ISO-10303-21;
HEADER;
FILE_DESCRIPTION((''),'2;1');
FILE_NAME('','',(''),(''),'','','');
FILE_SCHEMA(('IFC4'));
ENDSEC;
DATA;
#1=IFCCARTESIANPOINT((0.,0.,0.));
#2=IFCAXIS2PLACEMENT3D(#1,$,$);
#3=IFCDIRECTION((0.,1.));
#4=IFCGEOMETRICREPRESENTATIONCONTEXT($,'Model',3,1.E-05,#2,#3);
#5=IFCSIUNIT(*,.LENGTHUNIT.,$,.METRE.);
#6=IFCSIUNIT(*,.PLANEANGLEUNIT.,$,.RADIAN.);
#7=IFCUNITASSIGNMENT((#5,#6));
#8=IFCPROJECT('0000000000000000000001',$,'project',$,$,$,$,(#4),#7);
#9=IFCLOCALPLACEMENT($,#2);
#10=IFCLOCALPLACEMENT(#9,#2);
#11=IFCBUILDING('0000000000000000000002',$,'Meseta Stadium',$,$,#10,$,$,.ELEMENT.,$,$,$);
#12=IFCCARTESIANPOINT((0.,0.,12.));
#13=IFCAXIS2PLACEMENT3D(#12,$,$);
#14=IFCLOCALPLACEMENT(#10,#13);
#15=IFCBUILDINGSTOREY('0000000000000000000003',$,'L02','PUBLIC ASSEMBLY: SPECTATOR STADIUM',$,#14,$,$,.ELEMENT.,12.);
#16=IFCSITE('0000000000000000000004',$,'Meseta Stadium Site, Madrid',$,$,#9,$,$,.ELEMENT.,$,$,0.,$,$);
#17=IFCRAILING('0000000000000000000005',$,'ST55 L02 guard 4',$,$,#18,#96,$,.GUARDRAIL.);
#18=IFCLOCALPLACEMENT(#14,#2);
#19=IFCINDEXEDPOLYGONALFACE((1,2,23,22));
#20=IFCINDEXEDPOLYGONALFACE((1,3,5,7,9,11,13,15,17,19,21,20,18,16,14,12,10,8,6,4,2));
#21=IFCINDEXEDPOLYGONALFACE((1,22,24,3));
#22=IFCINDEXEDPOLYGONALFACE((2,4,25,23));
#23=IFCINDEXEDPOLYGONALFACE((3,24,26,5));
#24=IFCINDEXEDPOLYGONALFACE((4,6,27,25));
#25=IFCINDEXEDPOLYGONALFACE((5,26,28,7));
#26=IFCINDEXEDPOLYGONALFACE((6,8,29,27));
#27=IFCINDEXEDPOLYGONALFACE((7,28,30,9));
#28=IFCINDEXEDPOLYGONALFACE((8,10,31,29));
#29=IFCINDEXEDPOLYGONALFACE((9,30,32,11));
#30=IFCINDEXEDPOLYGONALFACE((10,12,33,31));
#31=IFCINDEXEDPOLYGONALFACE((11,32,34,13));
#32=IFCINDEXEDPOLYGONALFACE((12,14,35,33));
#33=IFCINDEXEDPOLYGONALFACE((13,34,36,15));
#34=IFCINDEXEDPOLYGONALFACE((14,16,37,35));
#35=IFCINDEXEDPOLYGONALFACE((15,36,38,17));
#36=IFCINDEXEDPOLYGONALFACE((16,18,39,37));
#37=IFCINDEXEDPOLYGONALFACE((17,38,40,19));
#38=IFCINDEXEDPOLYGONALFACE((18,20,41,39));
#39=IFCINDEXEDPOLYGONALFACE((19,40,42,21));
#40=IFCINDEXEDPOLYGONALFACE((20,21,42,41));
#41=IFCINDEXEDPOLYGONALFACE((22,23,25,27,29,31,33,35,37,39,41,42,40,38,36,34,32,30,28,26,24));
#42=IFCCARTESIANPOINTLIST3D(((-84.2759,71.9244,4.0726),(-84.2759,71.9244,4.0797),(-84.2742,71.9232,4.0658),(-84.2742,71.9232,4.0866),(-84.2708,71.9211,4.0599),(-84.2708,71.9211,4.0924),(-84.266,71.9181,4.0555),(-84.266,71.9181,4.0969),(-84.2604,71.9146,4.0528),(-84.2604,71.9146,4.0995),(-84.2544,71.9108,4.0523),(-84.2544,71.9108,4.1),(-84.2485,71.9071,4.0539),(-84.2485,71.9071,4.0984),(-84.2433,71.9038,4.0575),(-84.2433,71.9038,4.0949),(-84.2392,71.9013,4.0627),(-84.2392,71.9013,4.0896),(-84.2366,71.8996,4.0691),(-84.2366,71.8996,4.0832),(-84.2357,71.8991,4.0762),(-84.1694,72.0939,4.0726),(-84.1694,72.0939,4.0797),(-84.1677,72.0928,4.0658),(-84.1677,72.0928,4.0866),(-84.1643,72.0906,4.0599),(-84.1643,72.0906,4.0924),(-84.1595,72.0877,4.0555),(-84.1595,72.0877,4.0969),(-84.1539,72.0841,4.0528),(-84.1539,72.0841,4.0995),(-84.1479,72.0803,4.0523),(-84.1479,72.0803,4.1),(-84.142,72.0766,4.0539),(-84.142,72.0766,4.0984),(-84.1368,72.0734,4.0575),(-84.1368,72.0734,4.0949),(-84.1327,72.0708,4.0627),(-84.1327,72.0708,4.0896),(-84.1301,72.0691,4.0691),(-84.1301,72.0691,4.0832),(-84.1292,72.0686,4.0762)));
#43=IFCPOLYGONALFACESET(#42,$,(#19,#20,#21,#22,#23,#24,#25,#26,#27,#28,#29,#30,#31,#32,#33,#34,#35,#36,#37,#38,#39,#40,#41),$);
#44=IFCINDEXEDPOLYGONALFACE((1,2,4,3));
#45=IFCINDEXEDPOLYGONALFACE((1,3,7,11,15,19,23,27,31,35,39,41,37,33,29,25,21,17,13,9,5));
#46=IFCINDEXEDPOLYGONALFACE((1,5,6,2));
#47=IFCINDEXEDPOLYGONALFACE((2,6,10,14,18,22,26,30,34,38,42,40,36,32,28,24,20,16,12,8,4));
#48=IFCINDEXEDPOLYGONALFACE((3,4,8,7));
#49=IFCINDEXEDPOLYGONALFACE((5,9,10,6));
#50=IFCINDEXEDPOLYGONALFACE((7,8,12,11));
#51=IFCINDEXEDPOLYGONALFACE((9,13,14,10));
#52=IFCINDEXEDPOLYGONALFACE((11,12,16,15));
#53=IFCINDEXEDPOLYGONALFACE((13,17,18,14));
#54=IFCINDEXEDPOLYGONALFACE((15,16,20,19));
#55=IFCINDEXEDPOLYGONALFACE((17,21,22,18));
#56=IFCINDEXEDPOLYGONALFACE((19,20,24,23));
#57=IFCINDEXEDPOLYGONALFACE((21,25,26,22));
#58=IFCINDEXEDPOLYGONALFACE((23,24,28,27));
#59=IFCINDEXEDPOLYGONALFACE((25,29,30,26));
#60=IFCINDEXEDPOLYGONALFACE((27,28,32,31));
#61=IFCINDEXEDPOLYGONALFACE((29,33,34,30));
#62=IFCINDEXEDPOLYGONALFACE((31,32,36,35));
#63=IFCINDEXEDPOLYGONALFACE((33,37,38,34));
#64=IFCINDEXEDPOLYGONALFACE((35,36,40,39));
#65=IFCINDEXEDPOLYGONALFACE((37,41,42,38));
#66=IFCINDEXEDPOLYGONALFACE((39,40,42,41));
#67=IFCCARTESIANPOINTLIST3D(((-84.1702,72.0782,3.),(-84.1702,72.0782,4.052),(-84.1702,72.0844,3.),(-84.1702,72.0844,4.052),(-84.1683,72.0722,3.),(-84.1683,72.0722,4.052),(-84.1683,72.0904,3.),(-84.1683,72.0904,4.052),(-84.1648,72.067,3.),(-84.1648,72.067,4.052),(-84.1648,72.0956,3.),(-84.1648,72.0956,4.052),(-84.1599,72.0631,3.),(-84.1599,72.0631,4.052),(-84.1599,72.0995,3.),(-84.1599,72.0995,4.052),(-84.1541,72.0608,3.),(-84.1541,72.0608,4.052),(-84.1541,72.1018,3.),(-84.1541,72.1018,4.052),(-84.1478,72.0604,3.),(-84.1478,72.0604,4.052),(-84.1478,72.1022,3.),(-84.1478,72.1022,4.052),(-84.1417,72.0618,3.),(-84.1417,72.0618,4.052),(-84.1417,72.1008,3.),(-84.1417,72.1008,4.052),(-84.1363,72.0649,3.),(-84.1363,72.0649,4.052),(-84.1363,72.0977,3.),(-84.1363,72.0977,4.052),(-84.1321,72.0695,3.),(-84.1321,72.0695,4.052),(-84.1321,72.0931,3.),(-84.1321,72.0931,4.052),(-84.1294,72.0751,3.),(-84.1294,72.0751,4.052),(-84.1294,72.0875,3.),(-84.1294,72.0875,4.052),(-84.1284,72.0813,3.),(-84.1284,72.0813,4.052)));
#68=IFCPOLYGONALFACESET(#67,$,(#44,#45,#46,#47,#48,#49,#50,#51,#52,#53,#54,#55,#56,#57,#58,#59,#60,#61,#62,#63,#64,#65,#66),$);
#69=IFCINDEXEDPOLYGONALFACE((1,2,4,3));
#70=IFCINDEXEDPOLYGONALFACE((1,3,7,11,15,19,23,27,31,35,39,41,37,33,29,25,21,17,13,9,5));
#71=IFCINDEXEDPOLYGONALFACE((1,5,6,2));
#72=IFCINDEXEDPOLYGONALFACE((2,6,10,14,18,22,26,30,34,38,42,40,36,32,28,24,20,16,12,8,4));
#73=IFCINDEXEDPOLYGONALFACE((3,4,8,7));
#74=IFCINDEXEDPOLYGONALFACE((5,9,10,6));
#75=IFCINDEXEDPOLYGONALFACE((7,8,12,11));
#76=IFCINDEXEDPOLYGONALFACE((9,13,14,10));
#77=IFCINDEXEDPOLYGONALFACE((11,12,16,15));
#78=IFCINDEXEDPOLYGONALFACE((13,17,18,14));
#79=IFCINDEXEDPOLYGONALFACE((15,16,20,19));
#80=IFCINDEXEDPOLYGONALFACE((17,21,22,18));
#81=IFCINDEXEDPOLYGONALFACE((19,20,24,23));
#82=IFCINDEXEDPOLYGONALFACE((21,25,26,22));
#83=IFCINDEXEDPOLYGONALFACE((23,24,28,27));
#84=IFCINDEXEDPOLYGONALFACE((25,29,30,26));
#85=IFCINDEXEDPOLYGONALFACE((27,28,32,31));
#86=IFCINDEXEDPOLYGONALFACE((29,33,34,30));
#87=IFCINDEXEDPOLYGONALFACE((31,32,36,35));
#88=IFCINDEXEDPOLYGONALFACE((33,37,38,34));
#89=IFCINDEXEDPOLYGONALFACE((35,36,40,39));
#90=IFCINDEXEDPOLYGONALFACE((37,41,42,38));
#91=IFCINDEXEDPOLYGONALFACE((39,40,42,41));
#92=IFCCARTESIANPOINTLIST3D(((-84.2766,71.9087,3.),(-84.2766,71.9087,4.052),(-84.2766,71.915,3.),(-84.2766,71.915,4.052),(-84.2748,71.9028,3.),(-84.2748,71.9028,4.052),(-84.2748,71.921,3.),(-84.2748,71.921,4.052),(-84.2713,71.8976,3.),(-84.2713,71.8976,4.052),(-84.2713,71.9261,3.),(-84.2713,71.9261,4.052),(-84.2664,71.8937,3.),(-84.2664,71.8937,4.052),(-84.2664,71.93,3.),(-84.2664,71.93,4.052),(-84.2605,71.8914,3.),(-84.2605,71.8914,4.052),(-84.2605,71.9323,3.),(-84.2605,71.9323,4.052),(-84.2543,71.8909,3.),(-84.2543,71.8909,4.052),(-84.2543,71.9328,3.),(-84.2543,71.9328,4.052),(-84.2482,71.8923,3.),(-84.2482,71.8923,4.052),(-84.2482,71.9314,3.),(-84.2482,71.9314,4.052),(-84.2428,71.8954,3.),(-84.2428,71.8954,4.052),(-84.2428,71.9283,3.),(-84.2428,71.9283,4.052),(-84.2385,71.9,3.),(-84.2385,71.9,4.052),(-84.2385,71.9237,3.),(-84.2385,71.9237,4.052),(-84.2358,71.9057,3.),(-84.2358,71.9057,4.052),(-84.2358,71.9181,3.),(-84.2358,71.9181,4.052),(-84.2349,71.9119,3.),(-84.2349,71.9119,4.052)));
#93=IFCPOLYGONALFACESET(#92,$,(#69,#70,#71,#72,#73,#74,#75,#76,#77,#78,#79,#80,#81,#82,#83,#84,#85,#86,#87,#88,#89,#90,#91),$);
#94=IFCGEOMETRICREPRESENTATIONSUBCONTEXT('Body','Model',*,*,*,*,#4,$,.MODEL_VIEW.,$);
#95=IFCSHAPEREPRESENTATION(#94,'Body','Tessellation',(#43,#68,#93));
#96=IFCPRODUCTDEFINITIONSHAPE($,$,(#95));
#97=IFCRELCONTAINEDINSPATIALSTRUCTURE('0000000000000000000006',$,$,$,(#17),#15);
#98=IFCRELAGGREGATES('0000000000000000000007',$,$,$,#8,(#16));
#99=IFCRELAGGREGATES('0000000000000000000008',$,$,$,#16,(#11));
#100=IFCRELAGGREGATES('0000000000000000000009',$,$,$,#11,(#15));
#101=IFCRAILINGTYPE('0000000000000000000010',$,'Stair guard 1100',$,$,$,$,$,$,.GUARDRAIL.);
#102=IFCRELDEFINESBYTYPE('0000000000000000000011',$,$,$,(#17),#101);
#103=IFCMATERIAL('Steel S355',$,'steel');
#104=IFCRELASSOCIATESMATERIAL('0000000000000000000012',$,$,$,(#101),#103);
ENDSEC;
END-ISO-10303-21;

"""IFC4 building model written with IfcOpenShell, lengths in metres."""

from ifc_helpers import new_model, si_unit, direction, frame, origin, origin_2d, place, context, subcontext, project, spatial, circle, extrude, material, type_object, element, save


model = new_model("IFC4")

# Units and contexts
model_context = context("Model", 3, precision=1e-05, world=origin(), true_north=direction((0.0, 1.0)))
body_context = subcontext(model_context, "Body", "Model", "MODEL_VIEW")
ifc_project = project(units=[si_unit("LENGTHUNIT", "METRE"), si_unit("PLANEANGLEUNIT", "RADIAN")], contexts=[model_context])

# Site, building, storey
site_placement = place(None, origin())
site = spatial("IfcSite", under=ifc_project, at=site_placement, Name="Meseta Stadium Site, Madrid", CompositionType="ELEMENT", RefElevation=0.0)
building_placement = place(site_placement, origin())
building = spatial("IfcBuilding", under=site, at=building_placement, Name="Meseta Stadium", CompositionType="ELEMENT")
storey_placement = place(building_placement, frame((0.0, 0.0, 12.0)))
storey = spatial("IfcBuildingStorey", under=building, at=storey_placement, Name="L02", Description="PUBLIC ASSEMBLY: SPECTATOR STADIUM", CompositionType="ELEMENT", Elevation=12.0)

# Railing
ifc_material_1 = material(Name="Steel S355", Category="steel")
railing_type_1 = type_object("IfcRailingType", Name="Stair guard 1100", PredefinedType="GUARDRAIL", material=ifc_material_1)
railing_1_placement = place(storey_placement, frame((-84.1494, 72.0813, 3.0)))
element("IfcRailing", 1, at=railing_1_placement, inside=storey, type_object=railing_type_1, Name="ST55 L02 guard 4", PredefinedType="GUARDRAIL", context=body_context, shape_type="SweptSolid", body=[
    extrude(circle(Radius=0.0239, at=origin_2d()), frame((0.0, 0.0, 1.0762), z_axis=(-0.531972, -0.846762, 0.0), x_axis=(0.846762, -0.531972, 0.0)), (0.0, 0.0, 1.0), 0.2002),
    extrude(circle(Radius=0.021, at=origin_2d()), origin(), (0.0, 0.0, 1.0), 1.052),
    extrude(circle(Radius=0.021, at=origin_2d()), frame((-0.1064, -0.1694, 0.0)), (0.0, 0.0, 1.0), 1.052),
])

save(model, "model.ifc")
